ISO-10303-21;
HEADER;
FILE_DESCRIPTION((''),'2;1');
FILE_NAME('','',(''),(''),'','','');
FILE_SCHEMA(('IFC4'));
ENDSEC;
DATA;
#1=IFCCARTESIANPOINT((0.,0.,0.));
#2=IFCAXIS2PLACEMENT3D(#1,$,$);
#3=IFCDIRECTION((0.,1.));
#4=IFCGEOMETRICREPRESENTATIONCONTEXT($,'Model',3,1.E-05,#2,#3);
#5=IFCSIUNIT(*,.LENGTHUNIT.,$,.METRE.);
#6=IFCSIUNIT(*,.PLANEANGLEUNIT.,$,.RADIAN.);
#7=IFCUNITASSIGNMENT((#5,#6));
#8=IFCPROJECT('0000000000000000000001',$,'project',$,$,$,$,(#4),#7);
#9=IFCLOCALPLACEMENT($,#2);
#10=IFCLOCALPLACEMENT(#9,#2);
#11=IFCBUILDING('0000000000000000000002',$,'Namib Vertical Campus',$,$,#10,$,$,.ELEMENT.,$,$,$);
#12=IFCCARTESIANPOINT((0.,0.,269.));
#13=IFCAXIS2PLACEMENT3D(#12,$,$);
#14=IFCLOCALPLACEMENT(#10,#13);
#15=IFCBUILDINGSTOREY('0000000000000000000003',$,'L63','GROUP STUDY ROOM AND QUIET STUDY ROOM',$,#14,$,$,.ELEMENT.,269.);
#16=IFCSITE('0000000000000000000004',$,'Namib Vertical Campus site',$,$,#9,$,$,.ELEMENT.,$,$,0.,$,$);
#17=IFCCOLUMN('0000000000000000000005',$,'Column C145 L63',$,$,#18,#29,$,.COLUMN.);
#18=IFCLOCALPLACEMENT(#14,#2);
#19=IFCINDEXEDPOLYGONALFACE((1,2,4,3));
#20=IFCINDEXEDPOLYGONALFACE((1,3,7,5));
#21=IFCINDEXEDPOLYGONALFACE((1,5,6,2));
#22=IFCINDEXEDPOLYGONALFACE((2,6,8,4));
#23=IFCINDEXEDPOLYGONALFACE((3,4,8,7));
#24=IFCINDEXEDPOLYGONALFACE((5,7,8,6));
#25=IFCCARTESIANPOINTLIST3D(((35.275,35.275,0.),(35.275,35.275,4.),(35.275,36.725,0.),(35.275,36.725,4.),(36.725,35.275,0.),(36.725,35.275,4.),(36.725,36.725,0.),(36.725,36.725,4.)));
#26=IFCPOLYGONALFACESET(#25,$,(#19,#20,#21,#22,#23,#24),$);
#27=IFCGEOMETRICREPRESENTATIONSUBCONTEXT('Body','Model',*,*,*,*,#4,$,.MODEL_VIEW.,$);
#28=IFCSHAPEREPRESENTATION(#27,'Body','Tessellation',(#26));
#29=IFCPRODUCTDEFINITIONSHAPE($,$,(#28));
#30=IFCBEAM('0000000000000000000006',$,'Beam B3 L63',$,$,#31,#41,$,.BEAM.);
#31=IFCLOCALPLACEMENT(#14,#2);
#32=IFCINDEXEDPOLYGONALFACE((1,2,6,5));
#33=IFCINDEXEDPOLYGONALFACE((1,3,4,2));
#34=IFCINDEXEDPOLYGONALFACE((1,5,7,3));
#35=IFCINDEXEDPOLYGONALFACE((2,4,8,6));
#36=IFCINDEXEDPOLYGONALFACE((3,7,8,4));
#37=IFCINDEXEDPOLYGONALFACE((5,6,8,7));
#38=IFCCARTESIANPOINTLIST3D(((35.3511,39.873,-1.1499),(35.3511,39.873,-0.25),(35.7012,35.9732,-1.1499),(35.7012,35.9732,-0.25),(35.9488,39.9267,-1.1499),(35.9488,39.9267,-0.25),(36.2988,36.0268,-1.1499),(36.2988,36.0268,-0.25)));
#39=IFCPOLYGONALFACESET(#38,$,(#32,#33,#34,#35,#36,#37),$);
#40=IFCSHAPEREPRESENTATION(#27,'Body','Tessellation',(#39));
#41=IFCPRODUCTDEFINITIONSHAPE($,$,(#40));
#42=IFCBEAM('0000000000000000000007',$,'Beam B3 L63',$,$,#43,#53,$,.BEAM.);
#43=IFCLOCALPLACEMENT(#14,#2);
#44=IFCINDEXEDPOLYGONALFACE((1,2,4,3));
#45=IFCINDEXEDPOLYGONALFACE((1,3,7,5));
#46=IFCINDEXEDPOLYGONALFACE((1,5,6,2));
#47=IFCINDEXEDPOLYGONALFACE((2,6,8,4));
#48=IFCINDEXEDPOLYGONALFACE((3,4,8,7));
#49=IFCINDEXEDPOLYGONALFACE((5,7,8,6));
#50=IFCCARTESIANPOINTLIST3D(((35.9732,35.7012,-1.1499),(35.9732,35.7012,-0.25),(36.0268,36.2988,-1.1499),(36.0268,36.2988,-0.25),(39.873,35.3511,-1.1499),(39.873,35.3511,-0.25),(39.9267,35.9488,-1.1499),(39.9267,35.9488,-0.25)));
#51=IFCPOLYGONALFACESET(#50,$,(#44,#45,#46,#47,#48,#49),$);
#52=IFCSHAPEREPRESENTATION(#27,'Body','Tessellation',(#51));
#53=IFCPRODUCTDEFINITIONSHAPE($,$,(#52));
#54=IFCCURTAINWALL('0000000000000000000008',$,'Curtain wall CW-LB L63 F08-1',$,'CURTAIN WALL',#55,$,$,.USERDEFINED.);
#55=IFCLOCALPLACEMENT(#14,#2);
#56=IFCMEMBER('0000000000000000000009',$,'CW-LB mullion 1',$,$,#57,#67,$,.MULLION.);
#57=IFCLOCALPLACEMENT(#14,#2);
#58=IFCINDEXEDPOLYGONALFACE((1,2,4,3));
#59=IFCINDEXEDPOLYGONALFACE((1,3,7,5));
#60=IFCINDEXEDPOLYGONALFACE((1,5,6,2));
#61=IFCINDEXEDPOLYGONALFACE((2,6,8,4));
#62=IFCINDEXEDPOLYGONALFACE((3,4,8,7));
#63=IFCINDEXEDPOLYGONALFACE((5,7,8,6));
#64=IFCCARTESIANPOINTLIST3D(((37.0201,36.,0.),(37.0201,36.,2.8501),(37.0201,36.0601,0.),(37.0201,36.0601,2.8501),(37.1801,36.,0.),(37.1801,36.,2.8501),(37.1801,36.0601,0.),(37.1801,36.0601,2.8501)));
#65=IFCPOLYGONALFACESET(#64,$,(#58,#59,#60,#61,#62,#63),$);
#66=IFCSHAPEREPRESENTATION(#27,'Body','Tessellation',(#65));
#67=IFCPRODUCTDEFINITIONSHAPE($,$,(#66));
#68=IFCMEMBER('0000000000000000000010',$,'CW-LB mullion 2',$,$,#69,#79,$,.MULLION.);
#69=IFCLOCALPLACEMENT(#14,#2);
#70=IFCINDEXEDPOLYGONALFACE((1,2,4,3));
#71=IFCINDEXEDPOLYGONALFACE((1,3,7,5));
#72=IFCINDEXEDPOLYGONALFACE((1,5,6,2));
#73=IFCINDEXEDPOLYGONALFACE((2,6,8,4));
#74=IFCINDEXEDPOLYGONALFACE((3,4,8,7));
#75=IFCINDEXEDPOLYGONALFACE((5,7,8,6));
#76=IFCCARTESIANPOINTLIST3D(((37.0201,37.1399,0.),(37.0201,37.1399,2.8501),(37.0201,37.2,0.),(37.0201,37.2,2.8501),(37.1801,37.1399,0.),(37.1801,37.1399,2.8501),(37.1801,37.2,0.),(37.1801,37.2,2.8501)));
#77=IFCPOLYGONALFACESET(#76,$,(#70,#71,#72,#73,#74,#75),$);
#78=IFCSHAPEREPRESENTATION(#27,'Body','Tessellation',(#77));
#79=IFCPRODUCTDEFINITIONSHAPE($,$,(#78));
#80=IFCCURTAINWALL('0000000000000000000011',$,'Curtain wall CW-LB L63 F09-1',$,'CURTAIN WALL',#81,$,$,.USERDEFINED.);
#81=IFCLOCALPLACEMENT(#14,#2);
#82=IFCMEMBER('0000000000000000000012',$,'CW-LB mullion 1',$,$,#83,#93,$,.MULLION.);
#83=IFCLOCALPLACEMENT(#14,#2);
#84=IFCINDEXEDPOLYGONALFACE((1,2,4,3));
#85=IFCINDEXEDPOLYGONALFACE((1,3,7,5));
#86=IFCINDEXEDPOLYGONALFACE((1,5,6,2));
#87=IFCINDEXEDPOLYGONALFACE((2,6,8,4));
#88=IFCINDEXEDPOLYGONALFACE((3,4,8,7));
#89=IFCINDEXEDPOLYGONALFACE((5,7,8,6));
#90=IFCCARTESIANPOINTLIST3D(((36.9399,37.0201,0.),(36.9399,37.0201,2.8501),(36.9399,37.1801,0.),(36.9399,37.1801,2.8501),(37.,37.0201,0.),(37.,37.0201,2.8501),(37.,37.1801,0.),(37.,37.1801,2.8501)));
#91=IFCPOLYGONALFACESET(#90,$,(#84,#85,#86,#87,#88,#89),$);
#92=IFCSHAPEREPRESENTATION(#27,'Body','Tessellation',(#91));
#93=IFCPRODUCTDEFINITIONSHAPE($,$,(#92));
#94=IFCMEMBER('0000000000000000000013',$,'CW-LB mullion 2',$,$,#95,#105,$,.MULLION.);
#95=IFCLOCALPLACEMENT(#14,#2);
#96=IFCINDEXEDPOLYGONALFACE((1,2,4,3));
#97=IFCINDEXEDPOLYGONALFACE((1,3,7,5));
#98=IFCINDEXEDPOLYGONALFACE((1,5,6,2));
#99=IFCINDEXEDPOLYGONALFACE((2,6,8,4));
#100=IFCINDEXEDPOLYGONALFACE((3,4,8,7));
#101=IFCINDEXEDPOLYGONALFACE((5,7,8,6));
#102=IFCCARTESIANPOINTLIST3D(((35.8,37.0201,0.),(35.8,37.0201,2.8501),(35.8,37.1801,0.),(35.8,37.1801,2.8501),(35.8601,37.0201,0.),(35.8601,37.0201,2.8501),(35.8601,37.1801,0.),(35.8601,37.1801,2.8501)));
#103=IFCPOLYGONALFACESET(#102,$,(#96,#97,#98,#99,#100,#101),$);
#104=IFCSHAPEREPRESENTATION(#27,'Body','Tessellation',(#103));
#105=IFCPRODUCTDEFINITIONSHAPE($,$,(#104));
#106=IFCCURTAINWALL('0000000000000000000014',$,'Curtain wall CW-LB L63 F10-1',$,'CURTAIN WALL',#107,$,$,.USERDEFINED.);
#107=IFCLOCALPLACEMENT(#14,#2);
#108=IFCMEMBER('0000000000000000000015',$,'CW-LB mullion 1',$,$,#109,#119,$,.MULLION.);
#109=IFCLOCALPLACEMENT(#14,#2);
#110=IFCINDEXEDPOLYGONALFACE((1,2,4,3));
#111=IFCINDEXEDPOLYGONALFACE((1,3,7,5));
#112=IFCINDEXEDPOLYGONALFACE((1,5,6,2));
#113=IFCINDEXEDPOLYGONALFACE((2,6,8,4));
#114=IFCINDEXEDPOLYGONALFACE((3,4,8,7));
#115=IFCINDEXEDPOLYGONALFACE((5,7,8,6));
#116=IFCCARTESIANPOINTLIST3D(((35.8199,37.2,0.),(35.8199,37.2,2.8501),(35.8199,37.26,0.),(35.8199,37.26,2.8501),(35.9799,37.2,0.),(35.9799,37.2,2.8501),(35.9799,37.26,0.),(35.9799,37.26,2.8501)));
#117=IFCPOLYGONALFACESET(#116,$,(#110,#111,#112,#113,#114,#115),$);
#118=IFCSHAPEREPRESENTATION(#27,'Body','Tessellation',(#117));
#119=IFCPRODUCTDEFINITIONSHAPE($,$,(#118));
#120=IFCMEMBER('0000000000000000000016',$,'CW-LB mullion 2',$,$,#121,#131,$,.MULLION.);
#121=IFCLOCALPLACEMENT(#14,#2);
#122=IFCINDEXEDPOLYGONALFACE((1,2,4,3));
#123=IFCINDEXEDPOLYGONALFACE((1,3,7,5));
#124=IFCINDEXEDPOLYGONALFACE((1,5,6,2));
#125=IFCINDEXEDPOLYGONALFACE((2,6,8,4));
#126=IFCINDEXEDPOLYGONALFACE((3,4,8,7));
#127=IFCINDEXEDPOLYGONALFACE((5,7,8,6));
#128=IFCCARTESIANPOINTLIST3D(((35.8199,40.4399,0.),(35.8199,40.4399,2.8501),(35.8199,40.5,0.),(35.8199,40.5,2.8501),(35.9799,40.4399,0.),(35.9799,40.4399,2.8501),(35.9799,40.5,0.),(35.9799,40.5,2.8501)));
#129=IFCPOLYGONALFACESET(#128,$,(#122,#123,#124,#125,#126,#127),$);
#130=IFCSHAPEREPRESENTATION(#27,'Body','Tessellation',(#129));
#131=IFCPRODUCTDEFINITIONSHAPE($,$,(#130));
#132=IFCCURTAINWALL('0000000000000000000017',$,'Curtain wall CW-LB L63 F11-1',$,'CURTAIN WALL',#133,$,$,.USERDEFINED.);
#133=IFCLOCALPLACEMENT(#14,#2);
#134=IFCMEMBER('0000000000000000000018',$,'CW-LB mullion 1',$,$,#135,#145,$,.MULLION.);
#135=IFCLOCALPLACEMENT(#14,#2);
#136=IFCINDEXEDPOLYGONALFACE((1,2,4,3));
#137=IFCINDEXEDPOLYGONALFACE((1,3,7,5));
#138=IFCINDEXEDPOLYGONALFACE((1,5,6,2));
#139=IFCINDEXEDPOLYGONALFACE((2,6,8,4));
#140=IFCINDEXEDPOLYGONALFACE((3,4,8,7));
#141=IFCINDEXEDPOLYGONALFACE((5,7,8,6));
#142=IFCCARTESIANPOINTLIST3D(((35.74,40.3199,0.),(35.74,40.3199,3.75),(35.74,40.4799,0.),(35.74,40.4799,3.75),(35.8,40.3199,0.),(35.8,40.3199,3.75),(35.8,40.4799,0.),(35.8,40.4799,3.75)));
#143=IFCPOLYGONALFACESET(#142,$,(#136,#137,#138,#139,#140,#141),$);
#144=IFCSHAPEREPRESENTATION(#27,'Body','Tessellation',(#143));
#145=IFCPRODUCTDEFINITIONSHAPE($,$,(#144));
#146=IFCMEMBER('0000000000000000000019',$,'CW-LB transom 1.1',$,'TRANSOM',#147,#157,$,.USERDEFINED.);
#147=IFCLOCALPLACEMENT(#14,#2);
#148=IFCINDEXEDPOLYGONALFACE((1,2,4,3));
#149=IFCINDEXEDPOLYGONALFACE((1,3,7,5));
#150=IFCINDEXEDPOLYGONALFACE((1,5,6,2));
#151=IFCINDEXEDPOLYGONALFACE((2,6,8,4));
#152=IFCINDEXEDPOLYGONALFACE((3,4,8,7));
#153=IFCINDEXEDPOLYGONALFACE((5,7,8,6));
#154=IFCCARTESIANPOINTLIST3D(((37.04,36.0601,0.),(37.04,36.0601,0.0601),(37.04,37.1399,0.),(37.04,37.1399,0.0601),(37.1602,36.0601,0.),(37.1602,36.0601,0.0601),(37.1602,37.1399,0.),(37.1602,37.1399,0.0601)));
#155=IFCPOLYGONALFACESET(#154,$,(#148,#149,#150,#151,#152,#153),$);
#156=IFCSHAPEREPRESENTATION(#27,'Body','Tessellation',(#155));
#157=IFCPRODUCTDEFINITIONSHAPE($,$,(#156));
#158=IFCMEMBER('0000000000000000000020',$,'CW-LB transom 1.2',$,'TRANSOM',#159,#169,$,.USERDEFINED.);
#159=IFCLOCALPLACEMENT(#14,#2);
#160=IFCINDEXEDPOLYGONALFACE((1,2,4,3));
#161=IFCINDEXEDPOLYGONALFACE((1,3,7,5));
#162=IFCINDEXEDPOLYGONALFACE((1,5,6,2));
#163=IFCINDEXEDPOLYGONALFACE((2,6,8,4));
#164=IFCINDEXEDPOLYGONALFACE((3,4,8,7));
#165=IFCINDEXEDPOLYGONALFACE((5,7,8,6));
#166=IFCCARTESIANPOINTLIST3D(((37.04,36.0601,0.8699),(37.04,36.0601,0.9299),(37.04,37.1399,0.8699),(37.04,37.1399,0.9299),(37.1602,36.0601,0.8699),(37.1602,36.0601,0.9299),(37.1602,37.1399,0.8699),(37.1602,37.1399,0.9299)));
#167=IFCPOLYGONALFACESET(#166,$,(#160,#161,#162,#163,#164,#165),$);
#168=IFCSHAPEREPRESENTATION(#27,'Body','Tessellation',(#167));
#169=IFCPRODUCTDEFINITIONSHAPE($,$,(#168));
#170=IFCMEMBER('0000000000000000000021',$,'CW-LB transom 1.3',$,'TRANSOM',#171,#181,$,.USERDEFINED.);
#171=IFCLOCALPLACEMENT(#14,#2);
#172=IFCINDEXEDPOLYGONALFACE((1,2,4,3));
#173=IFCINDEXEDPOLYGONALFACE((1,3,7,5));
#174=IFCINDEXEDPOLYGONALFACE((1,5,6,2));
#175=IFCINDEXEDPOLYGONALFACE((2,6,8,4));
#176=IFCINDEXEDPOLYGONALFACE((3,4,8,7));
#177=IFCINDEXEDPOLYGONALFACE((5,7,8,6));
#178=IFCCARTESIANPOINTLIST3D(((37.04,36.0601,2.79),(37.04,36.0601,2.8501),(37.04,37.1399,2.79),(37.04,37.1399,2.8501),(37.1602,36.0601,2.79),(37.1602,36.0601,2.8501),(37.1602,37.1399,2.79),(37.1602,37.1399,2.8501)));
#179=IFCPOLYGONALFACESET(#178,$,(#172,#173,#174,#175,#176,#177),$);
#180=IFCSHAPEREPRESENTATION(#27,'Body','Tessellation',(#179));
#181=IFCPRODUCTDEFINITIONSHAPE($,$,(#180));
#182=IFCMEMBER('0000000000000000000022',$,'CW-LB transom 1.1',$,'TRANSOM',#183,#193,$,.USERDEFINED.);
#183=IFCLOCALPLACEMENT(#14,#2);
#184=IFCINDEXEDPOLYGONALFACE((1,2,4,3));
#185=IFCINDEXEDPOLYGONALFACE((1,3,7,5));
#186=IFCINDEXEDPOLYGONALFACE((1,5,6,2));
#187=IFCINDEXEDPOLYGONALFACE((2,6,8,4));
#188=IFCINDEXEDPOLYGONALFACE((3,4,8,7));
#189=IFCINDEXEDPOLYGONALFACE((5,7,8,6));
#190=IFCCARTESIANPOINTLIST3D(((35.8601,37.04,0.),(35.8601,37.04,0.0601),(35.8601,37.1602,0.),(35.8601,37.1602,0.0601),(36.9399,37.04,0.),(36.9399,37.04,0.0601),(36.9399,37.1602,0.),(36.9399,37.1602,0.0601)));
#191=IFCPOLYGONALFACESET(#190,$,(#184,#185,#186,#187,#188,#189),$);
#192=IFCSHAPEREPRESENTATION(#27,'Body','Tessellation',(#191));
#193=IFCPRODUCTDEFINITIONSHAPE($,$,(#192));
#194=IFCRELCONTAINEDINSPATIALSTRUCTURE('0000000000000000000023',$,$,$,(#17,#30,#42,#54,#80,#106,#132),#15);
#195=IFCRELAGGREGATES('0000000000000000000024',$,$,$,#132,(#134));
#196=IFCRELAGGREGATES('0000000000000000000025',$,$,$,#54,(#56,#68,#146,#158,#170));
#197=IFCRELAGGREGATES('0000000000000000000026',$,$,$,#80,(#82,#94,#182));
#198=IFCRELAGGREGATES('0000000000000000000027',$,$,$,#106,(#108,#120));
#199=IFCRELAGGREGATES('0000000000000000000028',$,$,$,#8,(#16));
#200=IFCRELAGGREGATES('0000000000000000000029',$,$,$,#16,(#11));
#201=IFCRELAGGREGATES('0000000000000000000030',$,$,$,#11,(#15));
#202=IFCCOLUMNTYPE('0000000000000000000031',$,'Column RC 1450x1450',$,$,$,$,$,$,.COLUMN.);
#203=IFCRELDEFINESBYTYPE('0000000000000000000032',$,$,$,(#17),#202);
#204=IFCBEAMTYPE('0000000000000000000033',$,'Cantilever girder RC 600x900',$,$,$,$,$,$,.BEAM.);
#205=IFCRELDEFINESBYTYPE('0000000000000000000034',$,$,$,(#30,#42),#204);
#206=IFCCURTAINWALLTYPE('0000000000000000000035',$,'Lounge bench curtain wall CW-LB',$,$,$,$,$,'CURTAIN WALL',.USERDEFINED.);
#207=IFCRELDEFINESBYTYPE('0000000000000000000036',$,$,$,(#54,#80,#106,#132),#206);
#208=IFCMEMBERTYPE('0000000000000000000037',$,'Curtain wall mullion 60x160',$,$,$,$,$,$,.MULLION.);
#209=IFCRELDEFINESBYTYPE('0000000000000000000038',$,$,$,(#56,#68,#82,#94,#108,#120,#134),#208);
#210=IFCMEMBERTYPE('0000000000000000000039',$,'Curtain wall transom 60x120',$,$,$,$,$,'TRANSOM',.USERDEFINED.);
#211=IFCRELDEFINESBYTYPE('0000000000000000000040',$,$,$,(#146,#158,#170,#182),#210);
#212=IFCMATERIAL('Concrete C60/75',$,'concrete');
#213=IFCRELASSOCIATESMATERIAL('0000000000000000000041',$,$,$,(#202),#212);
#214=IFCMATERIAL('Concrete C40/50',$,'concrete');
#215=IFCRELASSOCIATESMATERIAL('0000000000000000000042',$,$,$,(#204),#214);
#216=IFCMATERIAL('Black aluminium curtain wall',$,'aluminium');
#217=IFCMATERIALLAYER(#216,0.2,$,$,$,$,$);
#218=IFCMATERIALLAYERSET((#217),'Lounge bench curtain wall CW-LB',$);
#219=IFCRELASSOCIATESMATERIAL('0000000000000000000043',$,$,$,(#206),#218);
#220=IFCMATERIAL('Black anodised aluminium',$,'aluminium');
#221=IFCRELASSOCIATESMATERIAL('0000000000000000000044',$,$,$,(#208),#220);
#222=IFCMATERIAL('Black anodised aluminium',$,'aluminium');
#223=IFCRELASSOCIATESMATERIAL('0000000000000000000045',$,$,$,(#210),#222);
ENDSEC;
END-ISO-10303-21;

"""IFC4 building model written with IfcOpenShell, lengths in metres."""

from ifc_helpers import new_model, si_unit, direction, frame, origin, origin_2d, place, context, subcontext, project, spatial, rectangle, extrude, material, layer, layer_set, material_profile, profile_set, type_object, element, aggregate, save


model = new_model("IFC4")

# Units and contexts
model_context = context("Model", 3, precision=1e-05, world=origin(), true_north=direction((0.0, 1.0)))
body_context = subcontext(model_context, "Body", "Model", "MODEL_VIEW")
ifc_project = project(units=[si_unit("LENGTHUNIT", "METRE"), si_unit("PLANEANGLEUNIT", "RADIAN")], contexts=[model_context])

# Site, building, storey
site_placement = place(None, origin())
site = spatial("IfcSite", under=ifc_project, at=site_placement, Name="Namib Vertical Campus site", CompositionType="ELEMENT", RefElevation=0.0)
building_placement = place(site_placement, origin())
building = spatial("IfcBuilding", under=site, at=building_placement, Name="Namib Vertical Campus", CompositionType="ELEMENT")
storey_placement = place(building_placement, frame((0.0, 0.0, 269.0)))
storey = spatial("IfcBuildingStorey", under=building, at=storey_placement, Name="L63", Description="GROUP STUDY ROOM AND QUIET STUDY ROOM", CompositionType="ELEMENT", Elevation=269.0)

# Column
ifc_material_1 = material(Name="Concrete C60/75", Category="concrete")
ifc_material_profile_1 = material_profile(ifc_material_1, rectangle(XDim=1.45, YDim=1.45, at=origin_2d()))
ifc_profile_set_1 = profile_set([ifc_material_profile_1], Name="Concrete C60/75")
column_type = type_object("IfcColumnType", Name="Column RC 1450x1450", PredefinedType="COLUMN", material=ifc_profile_set_1)
column_placement = place(storey_placement, frame((36.0, 36.0, 0.0), z_axis=(0.0, 0.0, 1.0), x_axis=(1.0, 0.0, 0.0)))
element("IfcColumn", 1, at=column_placement, inside=storey, type_object=column_type, Name="Column C145 L63", PredefinedType="COLUMN", context=body_context, shape_type="SweptSolid", body=[
    extrude(rectangle(XDim=1.45, YDim=1.45, at=origin_2d()), origin(), (0.0, 0.0, 1.0), 4.0),
])

# Beams
ifc_material_2 = material(Name="Concrete C40/50", Category="concrete")
ifc_material_profile_2 = material_profile(ifc_material_2, rectangle(XDim=0.6001, YDim=0.8999, at=origin_2d()))
ifc_profile_set_2 = profile_set([ifc_material_profile_2], Name="Concrete C40/50")
beam_type = type_object("IfcBeamType", Name="Cantilever girder RC 600x900", PredefinedType="BEAM", material=ifc_profile_set_2)
for number, where, z_axis, x_axis, name in (
    (2, (36.0, 36.0, -0.7), (-0.089411, 0.995995, 0.0), (-0.995995, -0.089411, 0.0), "Beam B3 L63"),
    (3, (36.0, 36.0, -0.7), (0.995995, -0.089411, 0.0), (0.089411, 0.995995, 0.0), "Beam B3 L63"),
):
    element("IfcBeam", number, at=place(storey_placement, frame(where, z_axis=z_axis, x_axis=x_axis)), inside=storey, type_object=beam_type, Name=name, PredefinedType="BEAM", context=body_context, shape_type="SweptSolid", body=[
        extrude(rectangle(XDim=0.6001, YDim=0.8999, at=origin_2d()), origin(), (0.0, 0.0, 1.0), 3.9155),
    ])

# Curtain walls, members
ifc_material_3 = material(Name="Black aluminium curtain wall", Category="aluminium")
ifc_layer_1 = layer(ifc_material_3, 0.2)
ifc_layer_set_1 = layer_set([ifc_layer_1], Name="Lounge bench curtain wall CW-LB")
curtain_wall_type = type_object("IfcCurtainWallType", Name="Lounge bench curtain wall CW-LB", ElementType="CURTAIN WALL", PredefinedType="USERDEFINED", material=ifc_layer_set_1)
curtain_wall_1_placement = place(storey_placement, origin())
curtain_wall_1 = element("IfcCurtainWall", 4, at=curtain_wall_1_placement, inside=storey, type_object=curtain_wall_type, Name="Curtain wall CW-LB L63 F08-1", ObjectType="CURTAIN WALL", PredefinedType="USERDEFINED")
ifc_material_4 = material(Name="Black anodised aluminium", Category="aluminium")
ifc_material_profile_3 = material_profile(ifc_material_4, rectangle(XDim=0.0601, YDim=0.1599, at=origin_2d()))
ifc_profile_set_3 = profile_set([ifc_material_profile_3], Name="Black anodised aluminium")
member_type_1 = type_object("IfcMemberType", Name="Curtain wall mullion 60x160", PredefinedType="MULLION", material=ifc_profile_set_3)
member_1_placement = place(storey_placement, frame((37.1001, 36.03, 0.0), z_axis=(0.0, 0.0, 1.0), x_axis=(0.0, 1.0, 0.0)))
member_1 = element("IfcMember", 5, at=member_1_placement, type_object=member_type_1, Name="CW-LB mullion 1", PredefinedType="MULLION", context=body_context, shape_type="SweptSolid", body=[
    extrude(rectangle(XDim=0.0601, YDim=0.1599, at=origin_2d()), origin(), (0.0, 0.0, 1.0), 2.8501),
])
member_2_placement = place(storey_placement, frame((37.1001, 37.1699, 0.0), z_axis=(0.0, 0.0, 1.0), x_axis=(0.0, 1.0, 0.0)))
member_2 = element("IfcMember", 6, at=member_2_placement, type_object=member_type_1, Name="CW-LB mullion 2", PredefinedType="MULLION", context=body_context, shape_type="SweptSolid", body=[
    extrude(rectangle(XDim=0.0601, YDim=0.1599, at=origin_2d()), origin(), (0.0, 0.0, 1.0), 2.8501),
])
curtain_wall_2_placement = place(storey_placement, origin())
curtain_wall_2 = element("IfcCurtainWall", 7, at=curtain_wall_2_placement, inside=storey, type_object=curtain_wall_type, Name="Curtain wall CW-LB L63 F09-1", ObjectType="CURTAIN WALL", PredefinedType="USERDEFINED")
member_3_placement = place(storey_placement, frame((36.97, 37.1001, 0.0), z_axis=(0.0, 0.0, 1.0), x_axis=(-1.0, 0.0, 0.0)))
member_3 = element("IfcMember", 8, at=member_3_placement, type_object=member_type_1, Name="CW-LB mullion 1", PredefinedType="MULLION", context=body_context, shape_type="SweptSolid", body=[
    extrude(rectangle(XDim=0.0601, YDim=0.1599, at=origin_2d()), origin(), (0.0, 0.0, 1.0), 2.8501),
])
member_4_placement = place(storey_placement, frame((35.8301, 37.1001, 0.0), z_axis=(0.0, 0.0, 1.0), x_axis=(-1.0, 0.0, 0.0)))
member_4 = element("IfcMember", 9, at=member_4_placement, type_object=member_type_1, Name="CW-LB mullion 2", PredefinedType="MULLION", context=body_context, shape_type="SweptSolid", body=[
    extrude(rectangle(XDim=0.0601, YDim=0.1599, at=origin_2d()), origin(), (0.0, 0.0, 1.0), 2.8501),
])
curtain_wall_3_placement = place(storey_placement, origin())
curtain_wall_3 = element("IfcCurtainWall", 10, at=curtain_wall_3_placement, inside=storey, type_object=curtain_wall_type, Name="Curtain wall CW-LB L63 F10-1", ObjectType="CURTAIN WALL", PredefinedType="USERDEFINED")
member_5_placement = place(storey_placement, frame((35.8999, 37.23, 0.0), z_axis=(0.0, 0.0, 1.0), x_axis=(0.0, 1.0, 0.0)))
member_5 = element("IfcMember", 11, at=member_5_placement, type_object=member_type_1, Name="CW-LB mullion 1", PredefinedType="MULLION", context=body_context, shape_type="SweptSolid", body=[
    extrude(rectangle(XDim=0.0601, YDim=0.1599, at=origin_2d()), origin(), (0.0, 0.0, 1.0), 2.8501),
])
member_6_placement = place(storey_placement, frame((35.8999, 40.47, 0.0), z_axis=(0.0, 0.0, 1.0), x_axis=(0.0, 1.0, 0.0)))
member_6 = element("IfcMember", 12, at=member_6_placement, type_object=member_type_1, Name="CW-LB mullion 2", PredefinedType="MULLION", context=body_context, shape_type="SweptSolid", body=[
    extrude(rectangle(XDim=0.0601, YDim=0.1599, at=origin_2d()), origin(), (0.0, 0.0, 1.0), 2.8501),
])

# Curtain wall, member
curtain_wall_4_placement = place(storey_placement, origin())
curtain_wall_4 = element("IfcCurtainWall", 13, at=curtain_wall_4_placement, inside=storey, type_object=curtain_wall_type, Name="Curtain wall CW-LB L63 F11-1", ObjectType="CURTAIN WALL", PredefinedType="USERDEFINED")
member_7_placement = place(storey_placement, frame((35.77, 40.3999, 0.0), z_axis=(0.0, 0.0, 1.0), x_axis=(-1.0, 0.0, 0.0)))
member_7 = element("IfcMember", 14, at=member_7_placement, type_object=member_type_1, Name="CW-LB mullion 1", PredefinedType="MULLION", context=body_context, shape_type="SweptSolid", body=[
    extrude(rectangle(XDim=0.0601, YDim=0.1599, at=origin_2d()), origin(), (0.0, 0.0, 1.0), 3.75),
])
aggregate(curtain_wall_4, [member_7])

# Members
ifc_material_5 = material(Name="Black anodised aluminium", Category="aluminium")
ifc_material_profile_4 = material_profile(ifc_material_5, rectangle(XDim=0.0601, YDim=0.1201, at=origin_2d()))
ifc_profile_set_4 = profile_set([ifc_material_profile_4], Name="Black anodised aluminium")
member_type_2 = type_object("IfcMemberType", Name="Curtain wall transom 60x120", ElementType="TRANSOM", PredefinedType="USERDEFINED", material=ifc_profile_set_4)
member_8_placement = place(storey_placement, frame((37.1001, 36.0601, 0.03), z_axis=(0.0, 1.0, 0.0), x_axis=(0.0, 0.0, 1.0)))
member_8 = element("IfcMember", 15, at=member_8_placement, type_object=member_type_2, Name="CW-LB transom 1.1", ObjectType="TRANSOM", PredefinedType="USERDEFINED", context=body_context, shape_type="SweptSolid", body=[
    extrude(rectangle(XDim=0.0601, YDim=0.1201, at=origin_2d()), origin(), (0.0, 0.0, 1.0), 1.0798),
])
member_9_placement = place(storey_placement, frame((37.1001, 36.0601, 0.8999), z_axis=(0.0, 1.0, 0.0), x_axis=(0.0, 0.0, 1.0)))
member_9 = element("IfcMember", 16, at=member_9_placement, type_object=member_type_2, Name="CW-LB transom 1.2", ObjectType="TRANSOM", PredefinedType="USERDEFINED", context=body_context, shape_type="SweptSolid", body=[
    extrude(rectangle(XDim=0.0601, YDim=0.1201, at=origin_2d()), origin(), (0.0, 0.0, 1.0), 1.0798),
])
member_10_placement = place(storey_placement, frame((37.1001, 36.0601, 2.8201), z_axis=(0.0, 1.0, 0.0), x_axis=(0.0, 0.0, 1.0)))
member_10 = element("IfcMember", 17, at=member_10_placement, type_object=member_type_2, Name="CW-LB transom 1.3", ObjectType="TRANSOM", PredefinedType="USERDEFINED", context=body_context, shape_type="SweptSolid", body=[
    extrude(rectangle(XDim=0.0601, YDim=0.1201, at=origin_2d()), origin(), (0.0, 0.0, 1.0), 1.0798),
])
member_11_placement = place(storey_placement, frame((36.9399, 37.1001, 0.03), z_axis=(-1.0, 0.0, 0.0), x_axis=(0.0, 0.0, 1.0)))
member_11 = element("IfcMember", 18, at=member_11_placement, type_object=member_type_2, Name="CW-LB transom 1.1", ObjectType="TRANSOM", PredefinedType="USERDEFINED", context=body_context, shape_type="SweptSolid", body=[
    extrude(rectangle(XDim=0.0601, YDim=0.1201, at=origin_2d()), origin(), (0.0, 0.0, 1.0), 1.0798),
])

aggregate(curtain_wall_1, [member_1, member_2, member_8, member_9, member_10])
aggregate(curtain_wall_2, [member_3, member_4, member_11])
aggregate(curtain_wall_3, [member_5, member_6])

save(model, "model.ifc")
